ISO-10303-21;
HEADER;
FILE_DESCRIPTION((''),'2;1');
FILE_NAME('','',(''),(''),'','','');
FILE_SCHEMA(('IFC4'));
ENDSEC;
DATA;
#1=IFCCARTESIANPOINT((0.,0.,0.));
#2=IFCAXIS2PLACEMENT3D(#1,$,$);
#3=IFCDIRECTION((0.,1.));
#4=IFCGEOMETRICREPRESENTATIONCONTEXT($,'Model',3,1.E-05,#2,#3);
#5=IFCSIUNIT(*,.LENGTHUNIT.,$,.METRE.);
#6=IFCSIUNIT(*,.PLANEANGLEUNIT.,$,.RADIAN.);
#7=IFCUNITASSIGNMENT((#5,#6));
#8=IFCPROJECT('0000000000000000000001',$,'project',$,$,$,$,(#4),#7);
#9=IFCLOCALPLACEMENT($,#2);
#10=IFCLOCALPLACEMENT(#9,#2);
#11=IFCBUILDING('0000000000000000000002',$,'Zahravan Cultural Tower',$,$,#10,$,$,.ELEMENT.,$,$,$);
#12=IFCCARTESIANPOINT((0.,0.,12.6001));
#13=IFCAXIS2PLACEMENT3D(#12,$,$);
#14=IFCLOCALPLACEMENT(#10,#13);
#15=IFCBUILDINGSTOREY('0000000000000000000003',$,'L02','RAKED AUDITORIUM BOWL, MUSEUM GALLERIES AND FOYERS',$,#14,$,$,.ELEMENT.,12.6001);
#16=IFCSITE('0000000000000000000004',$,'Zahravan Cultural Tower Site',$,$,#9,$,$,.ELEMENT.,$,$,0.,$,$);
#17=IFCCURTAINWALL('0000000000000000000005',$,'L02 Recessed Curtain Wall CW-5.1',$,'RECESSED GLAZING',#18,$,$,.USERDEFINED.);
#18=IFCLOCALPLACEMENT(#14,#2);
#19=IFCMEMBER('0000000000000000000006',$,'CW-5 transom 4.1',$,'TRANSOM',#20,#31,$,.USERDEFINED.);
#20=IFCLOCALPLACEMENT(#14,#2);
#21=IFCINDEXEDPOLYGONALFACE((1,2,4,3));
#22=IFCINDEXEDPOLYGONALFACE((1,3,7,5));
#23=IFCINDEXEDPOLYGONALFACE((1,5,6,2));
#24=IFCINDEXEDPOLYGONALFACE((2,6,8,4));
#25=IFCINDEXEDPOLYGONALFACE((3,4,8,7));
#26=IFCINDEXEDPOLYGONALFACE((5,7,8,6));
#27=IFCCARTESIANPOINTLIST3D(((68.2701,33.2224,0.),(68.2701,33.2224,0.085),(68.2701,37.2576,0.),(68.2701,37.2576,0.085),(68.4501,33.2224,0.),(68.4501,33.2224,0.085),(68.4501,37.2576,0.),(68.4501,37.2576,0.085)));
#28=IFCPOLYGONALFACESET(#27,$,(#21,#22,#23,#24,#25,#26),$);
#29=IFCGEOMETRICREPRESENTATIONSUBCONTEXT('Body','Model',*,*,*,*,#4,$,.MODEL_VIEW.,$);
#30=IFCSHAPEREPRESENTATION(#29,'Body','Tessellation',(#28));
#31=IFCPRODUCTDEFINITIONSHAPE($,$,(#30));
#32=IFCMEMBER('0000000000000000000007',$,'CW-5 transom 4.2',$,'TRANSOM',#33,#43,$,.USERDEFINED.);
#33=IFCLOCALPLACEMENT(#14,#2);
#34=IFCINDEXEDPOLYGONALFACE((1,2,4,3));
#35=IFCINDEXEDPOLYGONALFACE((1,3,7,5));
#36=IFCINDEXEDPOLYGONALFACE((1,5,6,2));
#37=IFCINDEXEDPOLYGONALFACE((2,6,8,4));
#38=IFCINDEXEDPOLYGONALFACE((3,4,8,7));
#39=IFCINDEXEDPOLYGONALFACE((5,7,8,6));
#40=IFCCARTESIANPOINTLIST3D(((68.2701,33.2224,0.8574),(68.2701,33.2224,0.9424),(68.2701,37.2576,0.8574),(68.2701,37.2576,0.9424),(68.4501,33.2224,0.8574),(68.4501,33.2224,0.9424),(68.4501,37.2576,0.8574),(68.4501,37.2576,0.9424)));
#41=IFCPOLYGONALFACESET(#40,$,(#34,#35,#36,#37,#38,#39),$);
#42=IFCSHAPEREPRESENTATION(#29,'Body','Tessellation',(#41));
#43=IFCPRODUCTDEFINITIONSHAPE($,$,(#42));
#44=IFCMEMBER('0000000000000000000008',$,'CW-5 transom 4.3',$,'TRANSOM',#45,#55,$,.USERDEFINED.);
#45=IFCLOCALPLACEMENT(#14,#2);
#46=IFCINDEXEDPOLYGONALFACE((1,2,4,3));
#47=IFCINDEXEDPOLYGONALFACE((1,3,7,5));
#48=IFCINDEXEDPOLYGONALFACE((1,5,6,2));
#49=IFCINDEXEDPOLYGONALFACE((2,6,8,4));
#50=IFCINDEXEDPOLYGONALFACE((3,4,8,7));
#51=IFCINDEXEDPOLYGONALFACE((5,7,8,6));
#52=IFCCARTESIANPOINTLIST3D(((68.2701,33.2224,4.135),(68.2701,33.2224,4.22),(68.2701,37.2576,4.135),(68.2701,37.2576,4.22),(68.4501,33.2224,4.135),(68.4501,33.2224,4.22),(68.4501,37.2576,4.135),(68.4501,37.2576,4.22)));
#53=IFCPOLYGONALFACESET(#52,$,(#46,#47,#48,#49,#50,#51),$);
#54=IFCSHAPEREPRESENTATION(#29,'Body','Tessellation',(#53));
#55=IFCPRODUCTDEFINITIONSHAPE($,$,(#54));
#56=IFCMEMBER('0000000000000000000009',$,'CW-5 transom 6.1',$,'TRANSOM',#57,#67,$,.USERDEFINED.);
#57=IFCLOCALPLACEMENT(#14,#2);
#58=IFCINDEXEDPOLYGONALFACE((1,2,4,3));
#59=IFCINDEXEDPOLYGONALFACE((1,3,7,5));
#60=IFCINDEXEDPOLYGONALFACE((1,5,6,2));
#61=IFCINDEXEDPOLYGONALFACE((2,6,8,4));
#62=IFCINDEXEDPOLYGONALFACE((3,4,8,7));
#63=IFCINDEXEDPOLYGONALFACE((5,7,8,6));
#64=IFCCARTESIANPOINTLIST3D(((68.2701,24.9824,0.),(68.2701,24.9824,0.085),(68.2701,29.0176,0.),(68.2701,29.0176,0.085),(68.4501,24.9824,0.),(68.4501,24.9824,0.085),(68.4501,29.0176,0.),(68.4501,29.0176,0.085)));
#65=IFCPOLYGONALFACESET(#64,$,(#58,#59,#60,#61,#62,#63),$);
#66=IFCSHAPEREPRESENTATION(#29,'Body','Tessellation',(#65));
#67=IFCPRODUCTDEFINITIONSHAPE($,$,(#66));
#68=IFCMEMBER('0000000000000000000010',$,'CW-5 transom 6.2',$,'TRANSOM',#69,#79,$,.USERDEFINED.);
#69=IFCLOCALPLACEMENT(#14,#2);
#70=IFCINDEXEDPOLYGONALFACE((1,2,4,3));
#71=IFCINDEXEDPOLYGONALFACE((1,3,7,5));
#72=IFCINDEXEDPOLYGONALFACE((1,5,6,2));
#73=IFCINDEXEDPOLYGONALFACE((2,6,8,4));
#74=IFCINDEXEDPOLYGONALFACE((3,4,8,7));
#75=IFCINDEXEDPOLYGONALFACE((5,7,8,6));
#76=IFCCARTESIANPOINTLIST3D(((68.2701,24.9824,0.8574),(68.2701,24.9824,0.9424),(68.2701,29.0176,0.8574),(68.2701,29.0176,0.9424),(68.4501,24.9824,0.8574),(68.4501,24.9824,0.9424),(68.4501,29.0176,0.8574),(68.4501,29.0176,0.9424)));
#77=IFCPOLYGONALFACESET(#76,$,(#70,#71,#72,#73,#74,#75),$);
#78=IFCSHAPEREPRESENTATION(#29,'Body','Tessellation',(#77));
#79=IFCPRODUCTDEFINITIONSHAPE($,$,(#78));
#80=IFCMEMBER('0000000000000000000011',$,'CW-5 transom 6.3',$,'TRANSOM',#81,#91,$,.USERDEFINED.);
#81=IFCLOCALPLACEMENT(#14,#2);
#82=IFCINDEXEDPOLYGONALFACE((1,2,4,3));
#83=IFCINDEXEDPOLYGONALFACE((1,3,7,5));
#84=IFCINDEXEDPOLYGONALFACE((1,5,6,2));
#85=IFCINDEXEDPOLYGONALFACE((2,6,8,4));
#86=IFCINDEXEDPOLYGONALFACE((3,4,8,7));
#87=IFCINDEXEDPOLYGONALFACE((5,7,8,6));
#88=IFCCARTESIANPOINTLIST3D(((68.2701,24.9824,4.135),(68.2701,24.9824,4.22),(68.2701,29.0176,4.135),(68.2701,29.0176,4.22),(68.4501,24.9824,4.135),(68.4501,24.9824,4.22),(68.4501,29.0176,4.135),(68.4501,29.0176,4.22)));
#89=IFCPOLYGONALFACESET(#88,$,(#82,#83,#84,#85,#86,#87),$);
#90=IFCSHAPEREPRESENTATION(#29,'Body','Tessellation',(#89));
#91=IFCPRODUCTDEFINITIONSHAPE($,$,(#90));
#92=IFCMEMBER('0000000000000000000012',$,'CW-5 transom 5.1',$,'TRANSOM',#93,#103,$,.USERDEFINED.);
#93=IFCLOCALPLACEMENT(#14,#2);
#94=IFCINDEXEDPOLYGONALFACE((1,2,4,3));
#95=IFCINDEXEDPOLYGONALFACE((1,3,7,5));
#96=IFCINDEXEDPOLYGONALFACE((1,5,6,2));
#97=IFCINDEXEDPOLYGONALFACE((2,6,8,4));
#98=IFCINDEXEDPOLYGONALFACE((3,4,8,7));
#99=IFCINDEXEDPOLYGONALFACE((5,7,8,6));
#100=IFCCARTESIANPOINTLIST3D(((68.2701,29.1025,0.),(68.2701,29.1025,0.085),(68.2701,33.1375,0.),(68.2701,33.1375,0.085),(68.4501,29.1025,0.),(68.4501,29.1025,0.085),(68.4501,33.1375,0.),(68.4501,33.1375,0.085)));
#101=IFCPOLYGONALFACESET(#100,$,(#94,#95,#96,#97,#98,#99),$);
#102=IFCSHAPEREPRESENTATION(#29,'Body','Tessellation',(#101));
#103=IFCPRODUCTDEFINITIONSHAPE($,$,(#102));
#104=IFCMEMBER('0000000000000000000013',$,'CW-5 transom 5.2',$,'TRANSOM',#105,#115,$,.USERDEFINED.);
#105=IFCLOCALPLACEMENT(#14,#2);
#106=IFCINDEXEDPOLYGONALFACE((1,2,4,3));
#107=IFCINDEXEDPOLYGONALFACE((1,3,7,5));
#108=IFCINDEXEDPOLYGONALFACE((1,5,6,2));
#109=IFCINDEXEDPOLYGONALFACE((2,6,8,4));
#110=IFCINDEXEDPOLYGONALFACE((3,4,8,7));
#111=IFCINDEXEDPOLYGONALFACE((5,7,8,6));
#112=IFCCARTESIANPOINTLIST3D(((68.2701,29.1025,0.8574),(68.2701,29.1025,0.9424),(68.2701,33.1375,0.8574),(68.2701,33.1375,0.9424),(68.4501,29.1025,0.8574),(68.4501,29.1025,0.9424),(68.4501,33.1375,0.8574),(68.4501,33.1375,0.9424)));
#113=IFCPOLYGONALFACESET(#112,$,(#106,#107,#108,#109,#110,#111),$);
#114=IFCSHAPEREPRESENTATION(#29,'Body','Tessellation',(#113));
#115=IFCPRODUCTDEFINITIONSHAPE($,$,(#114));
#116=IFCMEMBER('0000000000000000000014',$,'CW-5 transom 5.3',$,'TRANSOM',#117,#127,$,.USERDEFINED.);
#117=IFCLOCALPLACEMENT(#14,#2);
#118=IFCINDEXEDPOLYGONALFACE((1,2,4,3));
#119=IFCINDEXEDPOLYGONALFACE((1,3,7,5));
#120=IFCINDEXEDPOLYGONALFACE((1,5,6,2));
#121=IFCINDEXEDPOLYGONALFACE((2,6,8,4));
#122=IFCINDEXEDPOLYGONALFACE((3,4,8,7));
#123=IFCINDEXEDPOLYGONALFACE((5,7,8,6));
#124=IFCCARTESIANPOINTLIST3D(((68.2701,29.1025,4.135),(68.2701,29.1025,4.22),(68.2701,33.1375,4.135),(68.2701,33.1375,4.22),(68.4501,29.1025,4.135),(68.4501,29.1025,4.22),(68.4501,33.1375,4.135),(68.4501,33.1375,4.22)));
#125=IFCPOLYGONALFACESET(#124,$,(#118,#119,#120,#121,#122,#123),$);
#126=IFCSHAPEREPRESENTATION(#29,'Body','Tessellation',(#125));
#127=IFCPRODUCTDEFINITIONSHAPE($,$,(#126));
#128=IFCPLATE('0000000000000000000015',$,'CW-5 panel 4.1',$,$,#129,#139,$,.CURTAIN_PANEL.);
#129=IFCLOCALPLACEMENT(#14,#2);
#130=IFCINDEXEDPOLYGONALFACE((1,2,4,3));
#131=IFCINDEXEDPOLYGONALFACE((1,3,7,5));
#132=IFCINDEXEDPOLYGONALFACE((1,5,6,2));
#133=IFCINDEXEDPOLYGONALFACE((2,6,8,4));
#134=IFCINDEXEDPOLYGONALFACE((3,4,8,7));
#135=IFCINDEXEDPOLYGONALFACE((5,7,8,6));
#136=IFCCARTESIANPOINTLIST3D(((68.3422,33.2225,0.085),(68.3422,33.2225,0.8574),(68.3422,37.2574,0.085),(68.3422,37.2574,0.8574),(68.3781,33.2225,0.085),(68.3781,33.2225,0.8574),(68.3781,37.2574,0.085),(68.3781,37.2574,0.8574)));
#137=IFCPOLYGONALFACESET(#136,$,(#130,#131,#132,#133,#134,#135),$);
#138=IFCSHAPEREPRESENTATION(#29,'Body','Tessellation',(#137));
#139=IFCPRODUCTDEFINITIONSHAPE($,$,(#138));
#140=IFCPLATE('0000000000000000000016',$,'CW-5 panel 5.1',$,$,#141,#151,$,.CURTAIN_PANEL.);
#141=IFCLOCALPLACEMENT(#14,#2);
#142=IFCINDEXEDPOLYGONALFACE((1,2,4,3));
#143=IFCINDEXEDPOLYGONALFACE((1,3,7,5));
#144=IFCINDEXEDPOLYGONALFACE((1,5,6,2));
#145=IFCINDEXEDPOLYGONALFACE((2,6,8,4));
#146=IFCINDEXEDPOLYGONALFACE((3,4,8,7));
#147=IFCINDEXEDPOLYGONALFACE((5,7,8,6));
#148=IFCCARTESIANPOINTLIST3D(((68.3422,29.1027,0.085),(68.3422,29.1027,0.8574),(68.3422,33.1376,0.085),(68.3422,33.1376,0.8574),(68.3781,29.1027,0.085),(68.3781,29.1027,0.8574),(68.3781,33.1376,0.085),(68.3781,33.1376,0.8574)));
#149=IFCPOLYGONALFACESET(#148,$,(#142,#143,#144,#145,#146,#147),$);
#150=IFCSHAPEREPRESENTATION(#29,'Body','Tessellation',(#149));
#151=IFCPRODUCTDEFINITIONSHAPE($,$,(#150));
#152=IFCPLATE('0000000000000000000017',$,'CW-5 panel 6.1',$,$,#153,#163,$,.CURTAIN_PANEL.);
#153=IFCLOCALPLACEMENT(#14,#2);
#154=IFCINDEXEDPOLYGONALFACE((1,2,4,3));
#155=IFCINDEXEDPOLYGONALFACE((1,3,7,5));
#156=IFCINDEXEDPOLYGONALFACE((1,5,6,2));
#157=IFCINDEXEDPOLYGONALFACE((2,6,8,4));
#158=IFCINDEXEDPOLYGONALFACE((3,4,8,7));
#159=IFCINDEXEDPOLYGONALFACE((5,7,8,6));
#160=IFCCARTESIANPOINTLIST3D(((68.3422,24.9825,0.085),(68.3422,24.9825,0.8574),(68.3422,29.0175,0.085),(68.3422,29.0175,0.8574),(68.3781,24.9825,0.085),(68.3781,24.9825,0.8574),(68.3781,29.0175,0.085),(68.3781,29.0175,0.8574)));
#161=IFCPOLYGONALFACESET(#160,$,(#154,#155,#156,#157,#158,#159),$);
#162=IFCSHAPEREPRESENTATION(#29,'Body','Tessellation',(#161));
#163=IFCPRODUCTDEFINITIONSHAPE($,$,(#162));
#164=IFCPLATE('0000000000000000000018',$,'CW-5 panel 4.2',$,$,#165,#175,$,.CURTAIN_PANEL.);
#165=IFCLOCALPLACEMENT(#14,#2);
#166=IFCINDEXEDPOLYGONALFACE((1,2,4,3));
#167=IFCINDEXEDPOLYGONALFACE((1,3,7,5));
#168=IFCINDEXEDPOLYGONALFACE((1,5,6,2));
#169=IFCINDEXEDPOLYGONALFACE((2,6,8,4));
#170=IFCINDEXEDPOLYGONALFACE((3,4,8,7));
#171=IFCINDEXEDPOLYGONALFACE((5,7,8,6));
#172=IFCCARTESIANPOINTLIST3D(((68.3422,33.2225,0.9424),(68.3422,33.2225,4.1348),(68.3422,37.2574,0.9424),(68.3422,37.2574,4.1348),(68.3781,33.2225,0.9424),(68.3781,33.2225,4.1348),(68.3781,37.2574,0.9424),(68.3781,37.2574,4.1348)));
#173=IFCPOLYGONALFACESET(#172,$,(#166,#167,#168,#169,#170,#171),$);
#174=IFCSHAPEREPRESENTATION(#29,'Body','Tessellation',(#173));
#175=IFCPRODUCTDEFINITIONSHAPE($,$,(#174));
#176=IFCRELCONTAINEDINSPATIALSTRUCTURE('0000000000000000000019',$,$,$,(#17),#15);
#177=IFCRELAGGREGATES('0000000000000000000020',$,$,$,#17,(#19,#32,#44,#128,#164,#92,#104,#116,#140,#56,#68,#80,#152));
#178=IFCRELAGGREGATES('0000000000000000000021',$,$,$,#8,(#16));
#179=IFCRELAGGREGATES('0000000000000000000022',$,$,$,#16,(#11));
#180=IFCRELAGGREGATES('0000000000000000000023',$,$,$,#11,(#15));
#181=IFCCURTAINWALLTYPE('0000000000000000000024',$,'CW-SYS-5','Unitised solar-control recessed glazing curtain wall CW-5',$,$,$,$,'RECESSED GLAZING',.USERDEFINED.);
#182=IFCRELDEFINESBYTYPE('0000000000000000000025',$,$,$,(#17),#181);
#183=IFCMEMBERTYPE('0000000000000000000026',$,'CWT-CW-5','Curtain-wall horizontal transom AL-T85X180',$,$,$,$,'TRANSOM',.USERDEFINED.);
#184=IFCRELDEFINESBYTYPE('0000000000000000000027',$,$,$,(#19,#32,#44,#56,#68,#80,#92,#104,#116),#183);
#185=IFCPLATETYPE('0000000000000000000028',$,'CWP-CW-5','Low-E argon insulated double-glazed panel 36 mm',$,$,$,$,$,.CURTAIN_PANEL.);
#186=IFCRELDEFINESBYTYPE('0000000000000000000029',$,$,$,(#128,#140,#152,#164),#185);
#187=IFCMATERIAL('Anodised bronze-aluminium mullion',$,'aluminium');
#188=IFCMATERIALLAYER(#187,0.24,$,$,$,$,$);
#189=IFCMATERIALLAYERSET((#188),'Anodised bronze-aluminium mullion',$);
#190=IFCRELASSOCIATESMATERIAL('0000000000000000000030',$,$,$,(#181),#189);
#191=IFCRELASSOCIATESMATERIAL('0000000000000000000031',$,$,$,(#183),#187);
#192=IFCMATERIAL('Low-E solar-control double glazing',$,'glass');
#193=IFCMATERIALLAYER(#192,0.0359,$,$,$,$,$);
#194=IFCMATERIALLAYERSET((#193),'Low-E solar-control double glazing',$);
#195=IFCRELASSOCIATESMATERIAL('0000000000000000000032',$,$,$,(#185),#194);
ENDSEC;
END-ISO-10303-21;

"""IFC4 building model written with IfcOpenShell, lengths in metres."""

from ifc_helpers import new_model, si_unit, direction, frame, origin, origin_2d, place, context, subcontext, project, spatial, rectangle, extrude, source, transform, mapped, material, layer, layer_set, material_profile, profile_set, type_object, element, aggregate, save


model = new_model("IFC4")

# Units and contexts
model_context = context("Model", 3, precision=1e-05, world=origin(), true_north=direction((0.0, 1.0)))
body_context = subcontext(model_context, "Body", "Model", "MODEL_VIEW")
ifc_project = project(units=[si_unit("LENGTHUNIT", "METRE"), si_unit("PLANEANGLEUNIT", "RADIAN")], contexts=[model_context])

# Site, building, storey
site_placement = place(None, origin())
site = spatial("IfcSite", under=ifc_project, at=site_placement, Name="Zahravan Cultural Tower Site", CompositionType="ELEMENT", RefElevation=0.0)
building_placement = place(site_placement, origin())
building = spatial("IfcBuilding", under=site, at=building_placement, Name="Zahravan Cultural Tower", CompositionType="ELEMENT")
storey_placement = place(building_placement, frame((0.0, 0.0, 12.6001)))
storey = spatial("IfcBuildingStorey", under=building, at=storey_placement, Name="L02", Description="RAKED AUDITORIUM BOWL, MUSEUM GALLERIES AND FOYERS", CompositionType="ELEMENT", Elevation=12.6001)

# Curtain wall, members, plates
ifc_material_1 = material(Name="Anodised bronze-aluminium mullion", Category="aluminium")
ifc_layer_1 = layer(ifc_material_1, 0.24)
ifc_layer_set_1 = layer_set([ifc_layer_1], Name="Anodised bronze-aluminium mullion")
curtain_wall_type = type_object("IfcCurtainWallType", Name="CW-SYS-5", Description="Unitised solar-control recessed glazing curtain wall CW-5", ElementType="RECESSED GLAZING", PredefinedType="USERDEFINED", material=ifc_layer_set_1)
curtain_wall_placement = place(storey_placement, origin())
curtain_wall = element("IfcCurtainWall", 1, at=curtain_wall_placement, inside=storey, type_object=curtain_wall_type, Name="L02 Recessed Curtain Wall CW-5.1", ObjectType="RECESSED GLAZING", PredefinedType="USERDEFINED")
ifc_material_profile_1 = material_profile(ifc_material_1, rectangle(XDim=0.1799, YDim=0.085, at=origin_2d()), Name="AL-T85X180")
ifc_profile_set_1 = profile_set([ifc_material_profile_1], Name="Anodised bronze-aluminium mullion")
member_type_1 = type_object("IfcMemberType", Name="CWT-CW-5", Description="Curtain-wall horizontal transom AL-T85X180", ElementType="TRANSOM", PredefinedType="USERDEFINED", material=ifc_profile_set_1)
shared_shape_1 = source(origin(), body_context, "Body", "SweptSolid", [
    extrude(rectangle(XDim=0.1799, YDim=0.085, at=origin_2d()), origin(), (0.0, 0.0, 1.0), 4.0352),
])
member_1_placement = place(storey_placement, frame((68.3601, 37.2576, 0.0425), z_axis=(0.0, -1.0, 0.0), x_axis=(1.0, 0.0, 0.0)))
member_1 = element("IfcMember", 2, at=member_1_placement, type_object=member_type_1, Name="CW-5 transom 4.1", ObjectType="TRANSOM", PredefinedType="USERDEFINED", context=body_context, shape_type="MappedRepresentation", body=[
    mapped(shared_shape_1, transform((0.0, 0.0, 0.0), x_axis=(1.0, 0.0, 0.0), y_axis=(0.0, 1.0, 0.0), z_axis=(0.0, 0.0, 1.0), scale=1.0)),
])
member_2_placement = place(storey_placement, frame((68.3601, 37.2576, 0.8999), z_axis=(0.0, -1.0, 0.0), x_axis=(1.0, 0.0, 0.0)))
member_2 = element("IfcMember", 3, at=member_2_placement, type_object=member_type_1, Name="CW-5 transom 4.2", ObjectType="TRANSOM", PredefinedType="USERDEFINED", context=body_context, shape_type="MappedRepresentation", body=[
    mapped(shared_shape_1, transform((0.0, 0.0, 0.0), x_axis=(1.0, 0.0, 0.0), y_axis=(0.0, 1.0, 0.0), z_axis=(0.0, 0.0, 1.0), scale=1.0)),
])
member_3_placement = place(storey_placement, frame((68.3601, 37.2576, 4.1775), z_axis=(0.0, -1.0, 0.0), x_axis=(1.0, 0.0, 0.0)))
member_3 = element("IfcMember", 4, at=member_3_placement, type_object=member_type_1, Name="CW-5 transom 4.3", ObjectType="TRANSOM", PredefinedType="USERDEFINED", context=body_context, shape_type="MappedRepresentation", body=[
    mapped(shared_shape_1, transform((0.0, 0.0, 0.0), x_axis=(1.0, 0.0, 0.0), y_axis=(0.0, 1.0, 0.0), z_axis=(0.0, 0.0, 1.0), scale=1.0)),
])
member_4_placement = place(storey_placement, frame((68.3601, 29.0176, 0.0425), z_axis=(0.0, -1.0, 0.0), x_axis=(1.0, 0.0, 0.0)))
member_4 = element("IfcMember", 5, at=member_4_placement, type_object=member_type_1, Name="CW-5 transom 6.1", ObjectType="TRANSOM", PredefinedType="USERDEFINED", context=body_context, shape_type="MappedRepresentation", body=[
    mapped(shared_shape_1, transform((0.0, 0.0, 0.0), x_axis=(1.0, 0.0, 0.0), y_axis=(0.0, 1.0, 0.0), z_axis=(0.0, 0.0, 1.0), scale=1.0)),
])
member_5_placement = place(storey_placement, frame((68.3601, 29.0176, 0.8999), z_axis=(0.0, -1.0, 0.0), x_axis=(1.0, 0.0, 0.0)))
member_5 = element("IfcMember", 6, at=member_5_placement, type_object=member_type_1, Name="CW-5 transom 6.2", ObjectType="TRANSOM", PredefinedType="USERDEFINED", context=body_context, shape_type="MappedRepresentation", body=[
    mapped(shared_shape_1, transform((0.0, 0.0, 0.0), x_axis=(1.0, 0.0, 0.0), y_axis=(0.0, 1.0, 0.0), z_axis=(0.0, 0.0, 1.0), scale=1.0)),
])
member_6_placement = place(storey_placement, frame((68.3601, 29.0176, 4.1775), z_axis=(0.0, -1.0, 0.0), x_axis=(1.0, 0.0, 0.0)))
member_6 = element("IfcMember", 7, at=member_6_placement, type_object=member_type_1, Name="CW-5 transom 6.3", ObjectType="TRANSOM", PredefinedType="USERDEFINED", context=body_context, shape_type="MappedRepresentation", body=[
    mapped(shared_shape_1, transform((0.0, 0.0, 0.0), x_axis=(1.0, 0.0, 0.0), y_axis=(0.0, 1.0, 0.0), z_axis=(0.0, 0.0, 1.0), scale=1.0)),
])
shared_shape_2 = source(origin(), body_context, "Body", "SweptSolid", [
    extrude(rectangle(XDim=0.1799, YDim=0.085, at=origin_2d()), origin(), (0.0, 0.0, 1.0), 4.0349),
])
member_7_placement = place(storey_placement, frame((68.3601, 33.1375, 0.0425), z_axis=(0.0, -1.0, 0.0), x_axis=(1.0, 0.0, 0.0)))
member_7 = element("IfcMember", 8, at=member_7_placement, type_object=member_type_1, Name="CW-5 transom 5.1", ObjectType="TRANSOM", PredefinedType="USERDEFINED", context=body_context, shape_type="MappedRepresentation", body=[
    mapped(shared_shape_2, transform((0.0, 0.0, 0.0), x_axis=(1.0, 0.0, 0.0), y_axis=(0.0, 1.0, 0.0), z_axis=(0.0, 0.0, 1.0), scale=1.0)),
])
member_8_placement = place(storey_placement, frame((68.3601, 33.1375, 0.8999), z_axis=(0.0, -1.0, 0.0), x_axis=(1.0, 0.0, 0.0)))
member_8 = element("IfcMember", 9, at=member_8_placement, type_object=member_type_1, Name="CW-5 transom 5.2", ObjectType="TRANSOM", PredefinedType="USERDEFINED", context=body_context, shape_type="MappedRepresentation", body=[
    mapped(shared_shape_2, transform((0.0, 0.0, 0.0), x_axis=(1.0, 0.0, 0.0), y_axis=(0.0, 1.0, 0.0), z_axis=(0.0, 0.0, 1.0), scale=1.0)),
])
member_9_placement = place(storey_placement, frame((68.3601, 33.1375, 4.1775), z_axis=(0.0, -1.0, 0.0), x_axis=(1.0, 0.0, 0.0)))
member_9 = element("IfcMember", 10, at=member_9_placement, type_object=member_type_1, Name="CW-5 transom 5.3", ObjectType="TRANSOM", PredefinedType="USERDEFINED", context=body_context, shape_type="MappedRepresentation", body=[
    mapped(shared_shape_2, transform((0.0, 0.0, 0.0), x_axis=(1.0, 0.0, 0.0), y_axis=(0.0, 1.0, 0.0), z_axis=(0.0, 0.0, 1.0), scale=1.0)),
])
ifc_material_2 = material(Name="Low-E solar-control double glazing", Category="glass")
ifc_layer_2 = layer(ifc_material_2, 0.0359)
ifc_layer_set_2 = layer_set([ifc_layer_2], Name="Low-E solar-control double glazing")
plate_type = type_object("IfcPlateType", Name="CWP-CW-5", Description="Low-E argon insulated double-glazed panel 36 mm", PredefinedType="CURTAIN_PANEL", material=ifc_layer_set_2)
shared_shape_3 = source(origin(), body_context, "Body", "SweptSolid", [
    extrude(rectangle(XDim=4.0349, YDim=0.0359, at=origin_2d()), origin(), (0.0, 0.0, 1.0), 0.7725),
])
plate_1_placement = place(storey_placement, frame((68.3601, 35.24, 0.085), z_axis=(0.0, 0.0, 1.0), x_axis=(0.0, -1.0, 0.0)))
plate_1 = element("IfcPlate", 11, at=plate_1_placement, type_object=plate_type, Name="CW-5 panel 4.1", PredefinedType="CURTAIN_PANEL", context=body_context, shape_type="MappedRepresentation", body=[
    mapped(shared_shape_3, transform((0.0, 0.0, 0.0), x_axis=(1.0, 0.0, 0.0), y_axis=(0.0, 1.0, 0.0), z_axis=(0.0, 0.0, 1.0), scale=1.0)),
])
plate_2_placement = place(storey_placement, frame((68.3601, 31.1201, 0.085), z_axis=(0.0, 0.0, 1.0), x_axis=(0.0, -1.0, 0.0)))
plate_2 = element("IfcPlate", 12, at=plate_2_placement, type_object=plate_type, Name="CW-5 panel 5.1", PredefinedType="CURTAIN_PANEL", context=body_context, shape_type="MappedRepresentation", body=[
    mapped(shared_shape_3, transform((0.0, 0.0, 0.0), x_axis=(1.0, 0.0, 0.0), y_axis=(0.0, 1.0, 0.0), z_axis=(0.0, 0.0, 1.0), scale=1.0)),
])
plate_3_placement = place(storey_placement, frame((68.3601, 27.0, 0.085), z_axis=(0.0, 0.0, 1.0), x_axis=(0.0, -1.0, 0.0)))
plate_3 = element("IfcPlate", 13, at=plate_3_placement, type_object=plate_type, Name="CW-5 panel 6.1", PredefinedType="CURTAIN_PANEL", context=body_context, shape_type="MappedRepresentation", body=[
    mapped(shared_shape_3, transform((0.0, 0.0, 0.0), x_axis=(1.0, 0.0, 0.0), y_axis=(0.0, 1.0, 0.0), z_axis=(0.0, 0.0, 1.0), scale=1.0)),
])
shared_shape_4 = source(origin(), body_context, "Body", "SweptSolid", [
    extrude(rectangle(XDim=4.0349, YDim=0.0359, at=origin_2d()), origin(), (0.0, 0.0, 1.0), 3.1924),
])
plate_4_placement = place(storey_placement, frame((68.3601, 35.24, 0.9424), z_axis=(0.0, 0.0, 1.0), x_axis=(0.0, -1.0, 0.0)))
plate_4 = element("IfcPlate", 14, at=plate_4_placement, type_object=plate_type, Name="CW-5 panel 4.2", PredefinedType="CURTAIN_PANEL", context=body_context, shape_type="MappedRepresentation", body=[
    mapped(shared_shape_4, transform((0.0, 0.0, 0.0), x_axis=(1.0, 0.0, 0.0), y_axis=(0.0, 1.0, 0.0), z_axis=(0.0, 0.0, 1.0), scale=1.0)),
])
aggregate(curtain_wall, [member_1, member_2, member_3, plate_1, plate_4, member_7, member_8, member_9, plate_2, member_4, member_5, member_6, plate_3])

save(model, "model.ifc")
